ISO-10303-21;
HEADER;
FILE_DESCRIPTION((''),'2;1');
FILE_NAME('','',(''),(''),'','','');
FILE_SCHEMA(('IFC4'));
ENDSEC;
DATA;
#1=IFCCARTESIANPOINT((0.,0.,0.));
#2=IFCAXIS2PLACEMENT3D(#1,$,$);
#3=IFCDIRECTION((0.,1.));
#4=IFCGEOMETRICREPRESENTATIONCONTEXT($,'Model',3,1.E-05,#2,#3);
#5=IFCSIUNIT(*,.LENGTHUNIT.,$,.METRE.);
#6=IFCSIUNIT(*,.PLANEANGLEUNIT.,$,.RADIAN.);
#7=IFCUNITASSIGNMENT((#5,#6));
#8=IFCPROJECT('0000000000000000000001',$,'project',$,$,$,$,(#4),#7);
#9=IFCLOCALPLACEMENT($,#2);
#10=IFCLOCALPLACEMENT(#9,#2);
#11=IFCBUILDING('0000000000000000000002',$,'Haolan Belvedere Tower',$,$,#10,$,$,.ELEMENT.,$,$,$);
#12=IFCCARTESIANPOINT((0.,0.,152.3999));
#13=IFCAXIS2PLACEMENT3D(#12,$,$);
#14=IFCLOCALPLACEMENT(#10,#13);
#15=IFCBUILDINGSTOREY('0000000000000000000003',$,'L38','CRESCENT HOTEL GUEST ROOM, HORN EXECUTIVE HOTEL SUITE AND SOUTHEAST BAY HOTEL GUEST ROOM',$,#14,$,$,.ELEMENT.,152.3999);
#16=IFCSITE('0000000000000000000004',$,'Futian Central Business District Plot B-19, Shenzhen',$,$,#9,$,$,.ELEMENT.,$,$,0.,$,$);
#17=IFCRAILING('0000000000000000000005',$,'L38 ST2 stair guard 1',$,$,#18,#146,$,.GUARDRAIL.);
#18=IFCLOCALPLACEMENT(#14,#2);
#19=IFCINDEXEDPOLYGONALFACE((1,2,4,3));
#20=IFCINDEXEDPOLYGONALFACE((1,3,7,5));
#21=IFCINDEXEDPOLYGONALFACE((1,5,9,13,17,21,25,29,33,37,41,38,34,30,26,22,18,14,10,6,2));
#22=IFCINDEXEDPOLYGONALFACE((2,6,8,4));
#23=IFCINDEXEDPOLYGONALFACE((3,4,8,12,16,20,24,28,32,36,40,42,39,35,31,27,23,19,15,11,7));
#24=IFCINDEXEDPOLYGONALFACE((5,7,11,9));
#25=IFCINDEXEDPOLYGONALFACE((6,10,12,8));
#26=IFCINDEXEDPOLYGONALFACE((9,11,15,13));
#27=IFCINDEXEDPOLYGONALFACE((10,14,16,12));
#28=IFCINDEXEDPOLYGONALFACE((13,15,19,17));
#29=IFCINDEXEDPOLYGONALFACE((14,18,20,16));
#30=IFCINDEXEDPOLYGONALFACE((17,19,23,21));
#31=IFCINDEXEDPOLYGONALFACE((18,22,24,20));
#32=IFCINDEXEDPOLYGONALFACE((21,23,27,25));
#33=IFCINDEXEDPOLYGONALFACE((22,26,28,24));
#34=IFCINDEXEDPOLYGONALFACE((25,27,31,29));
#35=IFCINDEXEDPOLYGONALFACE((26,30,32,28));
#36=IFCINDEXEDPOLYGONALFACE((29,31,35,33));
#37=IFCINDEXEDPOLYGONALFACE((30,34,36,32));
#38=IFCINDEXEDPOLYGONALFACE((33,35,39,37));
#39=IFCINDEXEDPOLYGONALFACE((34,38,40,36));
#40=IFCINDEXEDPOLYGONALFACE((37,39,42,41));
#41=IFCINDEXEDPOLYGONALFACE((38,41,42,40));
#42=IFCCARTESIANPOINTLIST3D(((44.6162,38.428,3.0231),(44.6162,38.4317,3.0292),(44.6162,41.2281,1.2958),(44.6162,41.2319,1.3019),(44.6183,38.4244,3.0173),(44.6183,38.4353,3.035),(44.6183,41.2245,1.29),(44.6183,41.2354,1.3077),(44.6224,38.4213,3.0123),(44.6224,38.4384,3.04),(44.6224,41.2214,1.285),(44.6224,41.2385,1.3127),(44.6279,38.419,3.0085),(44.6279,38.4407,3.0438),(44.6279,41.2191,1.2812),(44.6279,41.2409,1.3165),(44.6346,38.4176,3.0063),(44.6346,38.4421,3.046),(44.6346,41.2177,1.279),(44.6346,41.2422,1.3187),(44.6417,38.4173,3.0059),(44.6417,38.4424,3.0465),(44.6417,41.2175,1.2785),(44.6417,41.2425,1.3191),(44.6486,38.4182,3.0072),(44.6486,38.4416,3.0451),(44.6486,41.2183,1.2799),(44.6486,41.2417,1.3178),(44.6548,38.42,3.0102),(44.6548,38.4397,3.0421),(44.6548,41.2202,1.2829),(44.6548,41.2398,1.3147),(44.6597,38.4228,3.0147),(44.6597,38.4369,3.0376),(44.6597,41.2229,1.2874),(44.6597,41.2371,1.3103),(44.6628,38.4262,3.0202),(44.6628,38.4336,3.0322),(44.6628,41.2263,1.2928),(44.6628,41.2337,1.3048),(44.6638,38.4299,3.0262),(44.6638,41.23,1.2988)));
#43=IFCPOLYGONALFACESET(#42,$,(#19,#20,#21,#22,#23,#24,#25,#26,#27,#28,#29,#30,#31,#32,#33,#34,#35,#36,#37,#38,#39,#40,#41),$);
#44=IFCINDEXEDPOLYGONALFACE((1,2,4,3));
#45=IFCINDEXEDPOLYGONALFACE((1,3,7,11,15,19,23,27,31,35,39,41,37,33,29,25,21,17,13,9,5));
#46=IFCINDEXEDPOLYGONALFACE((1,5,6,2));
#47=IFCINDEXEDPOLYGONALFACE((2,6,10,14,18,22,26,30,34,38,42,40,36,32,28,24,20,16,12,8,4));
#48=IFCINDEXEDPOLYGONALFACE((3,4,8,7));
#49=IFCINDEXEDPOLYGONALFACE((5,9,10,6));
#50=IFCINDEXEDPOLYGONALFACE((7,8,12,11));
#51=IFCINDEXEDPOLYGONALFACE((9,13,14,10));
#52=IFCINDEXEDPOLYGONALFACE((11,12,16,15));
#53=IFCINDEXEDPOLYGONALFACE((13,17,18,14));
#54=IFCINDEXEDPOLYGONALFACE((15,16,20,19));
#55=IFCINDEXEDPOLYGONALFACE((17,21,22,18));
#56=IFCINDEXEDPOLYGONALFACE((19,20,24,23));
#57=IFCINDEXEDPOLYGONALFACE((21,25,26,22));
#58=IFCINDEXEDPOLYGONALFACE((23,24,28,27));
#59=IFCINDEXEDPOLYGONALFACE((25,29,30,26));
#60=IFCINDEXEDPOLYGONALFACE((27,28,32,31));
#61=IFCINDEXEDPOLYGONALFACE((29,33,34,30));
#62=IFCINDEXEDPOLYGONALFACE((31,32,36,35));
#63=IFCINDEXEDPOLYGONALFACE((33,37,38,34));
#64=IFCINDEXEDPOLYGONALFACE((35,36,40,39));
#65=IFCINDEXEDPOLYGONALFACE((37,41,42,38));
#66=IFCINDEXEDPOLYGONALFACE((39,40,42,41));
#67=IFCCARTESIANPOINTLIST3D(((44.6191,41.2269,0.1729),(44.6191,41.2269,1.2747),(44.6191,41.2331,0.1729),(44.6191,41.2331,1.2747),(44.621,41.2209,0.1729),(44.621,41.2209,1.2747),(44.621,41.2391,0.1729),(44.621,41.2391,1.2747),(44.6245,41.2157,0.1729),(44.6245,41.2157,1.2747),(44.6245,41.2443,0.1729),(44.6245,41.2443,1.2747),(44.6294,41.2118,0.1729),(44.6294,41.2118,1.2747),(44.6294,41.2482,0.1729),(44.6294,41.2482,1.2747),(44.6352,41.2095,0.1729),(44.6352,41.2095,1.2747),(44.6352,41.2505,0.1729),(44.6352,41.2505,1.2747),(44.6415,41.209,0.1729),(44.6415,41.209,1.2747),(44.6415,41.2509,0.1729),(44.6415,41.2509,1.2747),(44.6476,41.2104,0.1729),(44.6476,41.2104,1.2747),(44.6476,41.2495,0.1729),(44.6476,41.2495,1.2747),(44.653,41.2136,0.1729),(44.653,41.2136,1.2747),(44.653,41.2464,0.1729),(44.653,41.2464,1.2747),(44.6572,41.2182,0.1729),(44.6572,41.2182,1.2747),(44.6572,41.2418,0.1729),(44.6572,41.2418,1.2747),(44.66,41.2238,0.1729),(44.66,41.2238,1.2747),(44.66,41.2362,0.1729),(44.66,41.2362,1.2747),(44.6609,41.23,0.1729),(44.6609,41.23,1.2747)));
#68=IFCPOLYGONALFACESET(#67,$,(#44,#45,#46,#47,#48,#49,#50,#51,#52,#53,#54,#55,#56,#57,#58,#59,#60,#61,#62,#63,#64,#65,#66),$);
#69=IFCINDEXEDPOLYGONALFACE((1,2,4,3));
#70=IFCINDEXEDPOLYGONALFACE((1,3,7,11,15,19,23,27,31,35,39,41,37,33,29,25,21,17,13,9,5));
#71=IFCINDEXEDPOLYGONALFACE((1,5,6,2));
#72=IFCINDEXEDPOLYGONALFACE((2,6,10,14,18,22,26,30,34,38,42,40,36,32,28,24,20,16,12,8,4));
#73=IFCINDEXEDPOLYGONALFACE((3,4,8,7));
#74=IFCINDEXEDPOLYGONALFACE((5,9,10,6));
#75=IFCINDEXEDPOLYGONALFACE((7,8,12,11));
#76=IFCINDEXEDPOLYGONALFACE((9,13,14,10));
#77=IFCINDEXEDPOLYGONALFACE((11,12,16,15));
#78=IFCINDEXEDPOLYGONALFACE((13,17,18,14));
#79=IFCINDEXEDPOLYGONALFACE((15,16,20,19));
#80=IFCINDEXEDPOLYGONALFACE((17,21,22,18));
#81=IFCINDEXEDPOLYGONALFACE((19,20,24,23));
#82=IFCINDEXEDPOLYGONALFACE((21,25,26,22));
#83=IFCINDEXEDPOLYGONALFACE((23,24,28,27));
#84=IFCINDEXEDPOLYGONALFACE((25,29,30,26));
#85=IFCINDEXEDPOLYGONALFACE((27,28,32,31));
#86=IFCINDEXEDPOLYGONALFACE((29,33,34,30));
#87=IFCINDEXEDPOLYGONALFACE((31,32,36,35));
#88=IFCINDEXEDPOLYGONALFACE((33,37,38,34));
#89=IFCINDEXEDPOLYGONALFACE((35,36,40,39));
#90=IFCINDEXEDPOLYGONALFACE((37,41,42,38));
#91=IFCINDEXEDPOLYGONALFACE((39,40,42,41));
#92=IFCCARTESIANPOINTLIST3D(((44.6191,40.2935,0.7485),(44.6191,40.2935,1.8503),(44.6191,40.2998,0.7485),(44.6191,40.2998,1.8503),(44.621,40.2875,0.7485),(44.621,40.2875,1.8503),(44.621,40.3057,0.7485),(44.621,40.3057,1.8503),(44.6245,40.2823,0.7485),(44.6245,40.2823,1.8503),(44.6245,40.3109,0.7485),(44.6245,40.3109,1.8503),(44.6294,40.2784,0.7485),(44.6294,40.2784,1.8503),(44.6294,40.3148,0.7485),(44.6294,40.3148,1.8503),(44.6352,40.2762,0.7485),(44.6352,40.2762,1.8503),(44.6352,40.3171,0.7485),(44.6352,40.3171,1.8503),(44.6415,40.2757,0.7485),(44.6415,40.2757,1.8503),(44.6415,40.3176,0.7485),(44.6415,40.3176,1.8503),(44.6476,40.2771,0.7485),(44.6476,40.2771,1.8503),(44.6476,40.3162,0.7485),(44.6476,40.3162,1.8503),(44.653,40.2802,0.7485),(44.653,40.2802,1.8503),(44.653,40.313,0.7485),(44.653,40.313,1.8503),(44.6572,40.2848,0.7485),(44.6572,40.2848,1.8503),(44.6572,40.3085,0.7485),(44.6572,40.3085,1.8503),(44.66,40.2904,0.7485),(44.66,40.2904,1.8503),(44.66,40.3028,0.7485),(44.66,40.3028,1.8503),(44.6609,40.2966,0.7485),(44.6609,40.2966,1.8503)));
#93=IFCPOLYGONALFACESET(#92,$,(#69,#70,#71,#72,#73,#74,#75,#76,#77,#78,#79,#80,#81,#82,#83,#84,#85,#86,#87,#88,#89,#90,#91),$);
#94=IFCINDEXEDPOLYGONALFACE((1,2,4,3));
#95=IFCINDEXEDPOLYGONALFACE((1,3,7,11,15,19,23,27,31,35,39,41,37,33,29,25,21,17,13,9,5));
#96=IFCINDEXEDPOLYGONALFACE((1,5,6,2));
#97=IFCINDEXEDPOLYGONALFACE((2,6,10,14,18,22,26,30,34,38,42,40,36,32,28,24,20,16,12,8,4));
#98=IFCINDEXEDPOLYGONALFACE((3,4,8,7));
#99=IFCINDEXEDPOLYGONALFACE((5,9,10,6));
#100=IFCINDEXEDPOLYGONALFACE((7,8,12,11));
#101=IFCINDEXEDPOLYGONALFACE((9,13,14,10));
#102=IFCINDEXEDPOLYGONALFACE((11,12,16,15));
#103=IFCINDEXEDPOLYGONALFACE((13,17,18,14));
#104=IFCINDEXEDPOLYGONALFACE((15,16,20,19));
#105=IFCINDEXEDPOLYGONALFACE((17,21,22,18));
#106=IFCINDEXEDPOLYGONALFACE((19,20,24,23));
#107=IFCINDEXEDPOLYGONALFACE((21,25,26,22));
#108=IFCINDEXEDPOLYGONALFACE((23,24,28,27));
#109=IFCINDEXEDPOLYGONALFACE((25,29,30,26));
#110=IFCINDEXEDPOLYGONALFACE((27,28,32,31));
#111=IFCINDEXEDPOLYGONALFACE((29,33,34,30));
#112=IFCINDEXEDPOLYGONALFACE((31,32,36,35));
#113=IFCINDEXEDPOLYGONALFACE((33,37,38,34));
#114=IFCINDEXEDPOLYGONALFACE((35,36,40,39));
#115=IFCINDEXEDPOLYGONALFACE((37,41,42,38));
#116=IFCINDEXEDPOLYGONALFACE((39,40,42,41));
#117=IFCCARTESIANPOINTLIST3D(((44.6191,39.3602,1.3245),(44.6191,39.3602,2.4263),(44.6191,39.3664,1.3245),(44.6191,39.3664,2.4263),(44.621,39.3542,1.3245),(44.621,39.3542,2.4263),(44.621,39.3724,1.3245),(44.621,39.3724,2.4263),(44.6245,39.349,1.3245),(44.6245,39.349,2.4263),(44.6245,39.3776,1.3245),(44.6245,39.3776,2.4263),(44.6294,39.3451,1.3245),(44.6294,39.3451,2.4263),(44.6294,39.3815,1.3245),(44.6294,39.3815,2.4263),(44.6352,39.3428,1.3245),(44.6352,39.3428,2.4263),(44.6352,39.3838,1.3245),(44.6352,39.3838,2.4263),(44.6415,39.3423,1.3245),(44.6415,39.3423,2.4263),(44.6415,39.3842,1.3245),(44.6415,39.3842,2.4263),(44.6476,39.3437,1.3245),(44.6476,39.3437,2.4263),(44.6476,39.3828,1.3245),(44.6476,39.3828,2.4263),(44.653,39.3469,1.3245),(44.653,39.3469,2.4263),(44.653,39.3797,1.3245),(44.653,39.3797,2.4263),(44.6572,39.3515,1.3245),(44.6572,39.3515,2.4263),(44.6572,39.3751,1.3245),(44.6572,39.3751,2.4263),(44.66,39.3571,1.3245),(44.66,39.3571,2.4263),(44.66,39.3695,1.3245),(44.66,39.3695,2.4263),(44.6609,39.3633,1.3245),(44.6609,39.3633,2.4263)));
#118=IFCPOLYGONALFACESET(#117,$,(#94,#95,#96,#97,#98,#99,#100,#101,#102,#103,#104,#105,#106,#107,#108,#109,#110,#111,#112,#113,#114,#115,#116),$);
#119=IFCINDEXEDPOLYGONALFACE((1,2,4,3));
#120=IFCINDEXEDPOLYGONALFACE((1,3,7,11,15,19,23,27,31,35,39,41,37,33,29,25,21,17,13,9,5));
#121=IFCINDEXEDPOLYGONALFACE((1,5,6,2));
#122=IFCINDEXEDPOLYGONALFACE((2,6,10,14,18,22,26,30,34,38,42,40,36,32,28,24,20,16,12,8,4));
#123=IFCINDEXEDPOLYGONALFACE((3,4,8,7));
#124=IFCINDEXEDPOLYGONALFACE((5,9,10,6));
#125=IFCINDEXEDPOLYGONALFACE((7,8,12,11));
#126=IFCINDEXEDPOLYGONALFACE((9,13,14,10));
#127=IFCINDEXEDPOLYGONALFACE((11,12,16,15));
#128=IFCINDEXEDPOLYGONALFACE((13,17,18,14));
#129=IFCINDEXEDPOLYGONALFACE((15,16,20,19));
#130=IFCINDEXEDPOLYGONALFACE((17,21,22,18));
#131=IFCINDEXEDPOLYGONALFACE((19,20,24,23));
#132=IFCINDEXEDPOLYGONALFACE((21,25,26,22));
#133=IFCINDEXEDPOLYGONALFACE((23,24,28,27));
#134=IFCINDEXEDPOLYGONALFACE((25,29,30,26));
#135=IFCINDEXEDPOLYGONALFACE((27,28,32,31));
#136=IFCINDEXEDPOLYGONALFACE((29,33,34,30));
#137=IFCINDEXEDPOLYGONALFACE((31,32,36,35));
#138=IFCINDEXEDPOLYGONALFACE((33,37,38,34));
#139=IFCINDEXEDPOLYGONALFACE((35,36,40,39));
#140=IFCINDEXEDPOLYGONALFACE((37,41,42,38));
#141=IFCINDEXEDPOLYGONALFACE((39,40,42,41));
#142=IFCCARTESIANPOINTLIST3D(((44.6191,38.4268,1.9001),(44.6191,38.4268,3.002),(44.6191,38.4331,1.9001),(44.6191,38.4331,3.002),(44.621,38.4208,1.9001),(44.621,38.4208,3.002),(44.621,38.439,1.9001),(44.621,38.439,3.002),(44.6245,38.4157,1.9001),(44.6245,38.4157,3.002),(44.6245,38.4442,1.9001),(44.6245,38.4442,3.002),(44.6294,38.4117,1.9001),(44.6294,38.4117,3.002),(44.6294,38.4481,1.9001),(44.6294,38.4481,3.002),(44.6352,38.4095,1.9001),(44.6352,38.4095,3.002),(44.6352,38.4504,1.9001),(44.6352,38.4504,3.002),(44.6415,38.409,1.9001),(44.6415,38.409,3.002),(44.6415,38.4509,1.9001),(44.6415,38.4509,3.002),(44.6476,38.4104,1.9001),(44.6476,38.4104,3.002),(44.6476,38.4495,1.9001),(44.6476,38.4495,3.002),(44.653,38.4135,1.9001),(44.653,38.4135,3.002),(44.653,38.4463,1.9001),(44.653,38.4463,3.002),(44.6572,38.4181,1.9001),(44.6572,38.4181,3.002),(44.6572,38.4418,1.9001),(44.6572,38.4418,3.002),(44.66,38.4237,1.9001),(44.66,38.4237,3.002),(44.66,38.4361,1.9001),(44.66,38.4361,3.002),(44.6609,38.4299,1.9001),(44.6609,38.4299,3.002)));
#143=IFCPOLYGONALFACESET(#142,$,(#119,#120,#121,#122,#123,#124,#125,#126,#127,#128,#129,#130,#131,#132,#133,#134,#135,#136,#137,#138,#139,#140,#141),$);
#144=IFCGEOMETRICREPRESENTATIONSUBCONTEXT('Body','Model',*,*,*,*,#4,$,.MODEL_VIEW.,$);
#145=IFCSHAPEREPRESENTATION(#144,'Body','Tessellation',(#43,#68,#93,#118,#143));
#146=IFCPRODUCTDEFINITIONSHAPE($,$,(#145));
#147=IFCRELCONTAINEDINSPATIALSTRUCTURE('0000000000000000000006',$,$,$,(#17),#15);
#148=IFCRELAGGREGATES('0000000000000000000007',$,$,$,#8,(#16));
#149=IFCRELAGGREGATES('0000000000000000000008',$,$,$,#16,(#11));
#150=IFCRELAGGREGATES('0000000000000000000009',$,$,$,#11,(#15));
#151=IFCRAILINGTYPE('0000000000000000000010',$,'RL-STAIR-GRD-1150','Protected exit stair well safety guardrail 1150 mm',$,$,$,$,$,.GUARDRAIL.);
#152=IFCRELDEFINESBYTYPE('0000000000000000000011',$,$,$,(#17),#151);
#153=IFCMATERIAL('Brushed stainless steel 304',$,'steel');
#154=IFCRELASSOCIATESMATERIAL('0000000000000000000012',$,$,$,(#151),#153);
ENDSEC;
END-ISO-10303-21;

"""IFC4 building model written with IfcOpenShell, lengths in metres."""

from ifc_helpers import new_model, si_unit, direction, frame, origin, origin_2d, place, context, subcontext, project, spatial, circle, extrude, material, type_object, element, save


model = new_model("IFC4")

# Units and contexts
model_context = context("Model", 3, precision=1e-05, world=origin(), true_north=direction((0.0, 1.0)))
body_context = subcontext(model_context, "Body", "Model", "MODEL_VIEW")
ifc_project = project(units=[si_unit("LENGTHUNIT", "METRE"), si_unit("PLANEANGLEUNIT", "RADIAN")], contexts=[model_context])

# Site, building, storey
site_placement = place(None, origin())
site = spatial("IfcSite", under=ifc_project, at=site_placement, Name="Futian Central Business District Plot B-19, Shenzhen", CompositionType="ELEMENT", RefElevation=0.0)
building_placement = place(site_placement, origin())
building = spatial("IfcBuilding", under=site, at=building_placement, Name="Haolan Belvedere Tower", CompositionType="ELEMENT")
storey_placement = place(building_placement, frame((0.0, 0.0, 152.3999)))
storey = spatial("IfcBuildingStorey", under=building, at=storey_placement, Name="L38", Description="CRESCENT HOTEL GUEST ROOM, HORN EXECUTIVE HOTEL SUITE AND SOUTHEAST BAY HOTEL GUEST ROOM", CompositionType="ELEMENT", Elevation=152.3999)

# Railing
ifc_material_1 = material(Name="Brushed stainless steel 304", Category="steel")
railing_type_1 = type_object("IfcRailingType", Name="RL-STAIR-GRD-1150", Description="Protected exit stair well safety guardrail 1150 mm", PredefinedType="GUARDRAIL", material=ifc_material_1)
railing_1_placement = place(storey_placement, frame((44.6399, 41.23, 0.1729)))
element("IfcRailing", 1, at=railing_1_placement, inside=storey, type_object=railing_type_1, Name="L38 ST2 stair guard 1", PredefinedType="GUARDRAIL", context=body_context, shape_type="SweptSolid", body=[
    extrude(circle(Radius=0.0239, at=origin_2d()), frame((0.0, 0.0, 1.126), z_axis=(0.0, -0.85109, 0.52502), x_axis=(1.0, 0.0, 0.0)), (0.0, 0.0, 1.0), 3.29),
    extrude(circle(Radius=0.021, at=origin_2d()), origin(), (0.0, 0.0, 1.0), 1.1018),
    extrude(circle(Radius=0.021, at=origin_2d()), frame((0.0, -0.9333, 0.5757)), (0.0, 0.0, 1.0), 1.1018),
    extrude(circle(Radius=0.021, at=origin_2d()), frame((0.0, -1.8667, 1.1516)), (0.0, 0.0, 1.0), 1.1018),
    extrude(circle(Radius=0.021, at=origin_2d()), frame((0.0, -2.8, 1.7273)), (0.0, 0.0, 1.0), 1.1018),
])

save(model, "model.ifc")
